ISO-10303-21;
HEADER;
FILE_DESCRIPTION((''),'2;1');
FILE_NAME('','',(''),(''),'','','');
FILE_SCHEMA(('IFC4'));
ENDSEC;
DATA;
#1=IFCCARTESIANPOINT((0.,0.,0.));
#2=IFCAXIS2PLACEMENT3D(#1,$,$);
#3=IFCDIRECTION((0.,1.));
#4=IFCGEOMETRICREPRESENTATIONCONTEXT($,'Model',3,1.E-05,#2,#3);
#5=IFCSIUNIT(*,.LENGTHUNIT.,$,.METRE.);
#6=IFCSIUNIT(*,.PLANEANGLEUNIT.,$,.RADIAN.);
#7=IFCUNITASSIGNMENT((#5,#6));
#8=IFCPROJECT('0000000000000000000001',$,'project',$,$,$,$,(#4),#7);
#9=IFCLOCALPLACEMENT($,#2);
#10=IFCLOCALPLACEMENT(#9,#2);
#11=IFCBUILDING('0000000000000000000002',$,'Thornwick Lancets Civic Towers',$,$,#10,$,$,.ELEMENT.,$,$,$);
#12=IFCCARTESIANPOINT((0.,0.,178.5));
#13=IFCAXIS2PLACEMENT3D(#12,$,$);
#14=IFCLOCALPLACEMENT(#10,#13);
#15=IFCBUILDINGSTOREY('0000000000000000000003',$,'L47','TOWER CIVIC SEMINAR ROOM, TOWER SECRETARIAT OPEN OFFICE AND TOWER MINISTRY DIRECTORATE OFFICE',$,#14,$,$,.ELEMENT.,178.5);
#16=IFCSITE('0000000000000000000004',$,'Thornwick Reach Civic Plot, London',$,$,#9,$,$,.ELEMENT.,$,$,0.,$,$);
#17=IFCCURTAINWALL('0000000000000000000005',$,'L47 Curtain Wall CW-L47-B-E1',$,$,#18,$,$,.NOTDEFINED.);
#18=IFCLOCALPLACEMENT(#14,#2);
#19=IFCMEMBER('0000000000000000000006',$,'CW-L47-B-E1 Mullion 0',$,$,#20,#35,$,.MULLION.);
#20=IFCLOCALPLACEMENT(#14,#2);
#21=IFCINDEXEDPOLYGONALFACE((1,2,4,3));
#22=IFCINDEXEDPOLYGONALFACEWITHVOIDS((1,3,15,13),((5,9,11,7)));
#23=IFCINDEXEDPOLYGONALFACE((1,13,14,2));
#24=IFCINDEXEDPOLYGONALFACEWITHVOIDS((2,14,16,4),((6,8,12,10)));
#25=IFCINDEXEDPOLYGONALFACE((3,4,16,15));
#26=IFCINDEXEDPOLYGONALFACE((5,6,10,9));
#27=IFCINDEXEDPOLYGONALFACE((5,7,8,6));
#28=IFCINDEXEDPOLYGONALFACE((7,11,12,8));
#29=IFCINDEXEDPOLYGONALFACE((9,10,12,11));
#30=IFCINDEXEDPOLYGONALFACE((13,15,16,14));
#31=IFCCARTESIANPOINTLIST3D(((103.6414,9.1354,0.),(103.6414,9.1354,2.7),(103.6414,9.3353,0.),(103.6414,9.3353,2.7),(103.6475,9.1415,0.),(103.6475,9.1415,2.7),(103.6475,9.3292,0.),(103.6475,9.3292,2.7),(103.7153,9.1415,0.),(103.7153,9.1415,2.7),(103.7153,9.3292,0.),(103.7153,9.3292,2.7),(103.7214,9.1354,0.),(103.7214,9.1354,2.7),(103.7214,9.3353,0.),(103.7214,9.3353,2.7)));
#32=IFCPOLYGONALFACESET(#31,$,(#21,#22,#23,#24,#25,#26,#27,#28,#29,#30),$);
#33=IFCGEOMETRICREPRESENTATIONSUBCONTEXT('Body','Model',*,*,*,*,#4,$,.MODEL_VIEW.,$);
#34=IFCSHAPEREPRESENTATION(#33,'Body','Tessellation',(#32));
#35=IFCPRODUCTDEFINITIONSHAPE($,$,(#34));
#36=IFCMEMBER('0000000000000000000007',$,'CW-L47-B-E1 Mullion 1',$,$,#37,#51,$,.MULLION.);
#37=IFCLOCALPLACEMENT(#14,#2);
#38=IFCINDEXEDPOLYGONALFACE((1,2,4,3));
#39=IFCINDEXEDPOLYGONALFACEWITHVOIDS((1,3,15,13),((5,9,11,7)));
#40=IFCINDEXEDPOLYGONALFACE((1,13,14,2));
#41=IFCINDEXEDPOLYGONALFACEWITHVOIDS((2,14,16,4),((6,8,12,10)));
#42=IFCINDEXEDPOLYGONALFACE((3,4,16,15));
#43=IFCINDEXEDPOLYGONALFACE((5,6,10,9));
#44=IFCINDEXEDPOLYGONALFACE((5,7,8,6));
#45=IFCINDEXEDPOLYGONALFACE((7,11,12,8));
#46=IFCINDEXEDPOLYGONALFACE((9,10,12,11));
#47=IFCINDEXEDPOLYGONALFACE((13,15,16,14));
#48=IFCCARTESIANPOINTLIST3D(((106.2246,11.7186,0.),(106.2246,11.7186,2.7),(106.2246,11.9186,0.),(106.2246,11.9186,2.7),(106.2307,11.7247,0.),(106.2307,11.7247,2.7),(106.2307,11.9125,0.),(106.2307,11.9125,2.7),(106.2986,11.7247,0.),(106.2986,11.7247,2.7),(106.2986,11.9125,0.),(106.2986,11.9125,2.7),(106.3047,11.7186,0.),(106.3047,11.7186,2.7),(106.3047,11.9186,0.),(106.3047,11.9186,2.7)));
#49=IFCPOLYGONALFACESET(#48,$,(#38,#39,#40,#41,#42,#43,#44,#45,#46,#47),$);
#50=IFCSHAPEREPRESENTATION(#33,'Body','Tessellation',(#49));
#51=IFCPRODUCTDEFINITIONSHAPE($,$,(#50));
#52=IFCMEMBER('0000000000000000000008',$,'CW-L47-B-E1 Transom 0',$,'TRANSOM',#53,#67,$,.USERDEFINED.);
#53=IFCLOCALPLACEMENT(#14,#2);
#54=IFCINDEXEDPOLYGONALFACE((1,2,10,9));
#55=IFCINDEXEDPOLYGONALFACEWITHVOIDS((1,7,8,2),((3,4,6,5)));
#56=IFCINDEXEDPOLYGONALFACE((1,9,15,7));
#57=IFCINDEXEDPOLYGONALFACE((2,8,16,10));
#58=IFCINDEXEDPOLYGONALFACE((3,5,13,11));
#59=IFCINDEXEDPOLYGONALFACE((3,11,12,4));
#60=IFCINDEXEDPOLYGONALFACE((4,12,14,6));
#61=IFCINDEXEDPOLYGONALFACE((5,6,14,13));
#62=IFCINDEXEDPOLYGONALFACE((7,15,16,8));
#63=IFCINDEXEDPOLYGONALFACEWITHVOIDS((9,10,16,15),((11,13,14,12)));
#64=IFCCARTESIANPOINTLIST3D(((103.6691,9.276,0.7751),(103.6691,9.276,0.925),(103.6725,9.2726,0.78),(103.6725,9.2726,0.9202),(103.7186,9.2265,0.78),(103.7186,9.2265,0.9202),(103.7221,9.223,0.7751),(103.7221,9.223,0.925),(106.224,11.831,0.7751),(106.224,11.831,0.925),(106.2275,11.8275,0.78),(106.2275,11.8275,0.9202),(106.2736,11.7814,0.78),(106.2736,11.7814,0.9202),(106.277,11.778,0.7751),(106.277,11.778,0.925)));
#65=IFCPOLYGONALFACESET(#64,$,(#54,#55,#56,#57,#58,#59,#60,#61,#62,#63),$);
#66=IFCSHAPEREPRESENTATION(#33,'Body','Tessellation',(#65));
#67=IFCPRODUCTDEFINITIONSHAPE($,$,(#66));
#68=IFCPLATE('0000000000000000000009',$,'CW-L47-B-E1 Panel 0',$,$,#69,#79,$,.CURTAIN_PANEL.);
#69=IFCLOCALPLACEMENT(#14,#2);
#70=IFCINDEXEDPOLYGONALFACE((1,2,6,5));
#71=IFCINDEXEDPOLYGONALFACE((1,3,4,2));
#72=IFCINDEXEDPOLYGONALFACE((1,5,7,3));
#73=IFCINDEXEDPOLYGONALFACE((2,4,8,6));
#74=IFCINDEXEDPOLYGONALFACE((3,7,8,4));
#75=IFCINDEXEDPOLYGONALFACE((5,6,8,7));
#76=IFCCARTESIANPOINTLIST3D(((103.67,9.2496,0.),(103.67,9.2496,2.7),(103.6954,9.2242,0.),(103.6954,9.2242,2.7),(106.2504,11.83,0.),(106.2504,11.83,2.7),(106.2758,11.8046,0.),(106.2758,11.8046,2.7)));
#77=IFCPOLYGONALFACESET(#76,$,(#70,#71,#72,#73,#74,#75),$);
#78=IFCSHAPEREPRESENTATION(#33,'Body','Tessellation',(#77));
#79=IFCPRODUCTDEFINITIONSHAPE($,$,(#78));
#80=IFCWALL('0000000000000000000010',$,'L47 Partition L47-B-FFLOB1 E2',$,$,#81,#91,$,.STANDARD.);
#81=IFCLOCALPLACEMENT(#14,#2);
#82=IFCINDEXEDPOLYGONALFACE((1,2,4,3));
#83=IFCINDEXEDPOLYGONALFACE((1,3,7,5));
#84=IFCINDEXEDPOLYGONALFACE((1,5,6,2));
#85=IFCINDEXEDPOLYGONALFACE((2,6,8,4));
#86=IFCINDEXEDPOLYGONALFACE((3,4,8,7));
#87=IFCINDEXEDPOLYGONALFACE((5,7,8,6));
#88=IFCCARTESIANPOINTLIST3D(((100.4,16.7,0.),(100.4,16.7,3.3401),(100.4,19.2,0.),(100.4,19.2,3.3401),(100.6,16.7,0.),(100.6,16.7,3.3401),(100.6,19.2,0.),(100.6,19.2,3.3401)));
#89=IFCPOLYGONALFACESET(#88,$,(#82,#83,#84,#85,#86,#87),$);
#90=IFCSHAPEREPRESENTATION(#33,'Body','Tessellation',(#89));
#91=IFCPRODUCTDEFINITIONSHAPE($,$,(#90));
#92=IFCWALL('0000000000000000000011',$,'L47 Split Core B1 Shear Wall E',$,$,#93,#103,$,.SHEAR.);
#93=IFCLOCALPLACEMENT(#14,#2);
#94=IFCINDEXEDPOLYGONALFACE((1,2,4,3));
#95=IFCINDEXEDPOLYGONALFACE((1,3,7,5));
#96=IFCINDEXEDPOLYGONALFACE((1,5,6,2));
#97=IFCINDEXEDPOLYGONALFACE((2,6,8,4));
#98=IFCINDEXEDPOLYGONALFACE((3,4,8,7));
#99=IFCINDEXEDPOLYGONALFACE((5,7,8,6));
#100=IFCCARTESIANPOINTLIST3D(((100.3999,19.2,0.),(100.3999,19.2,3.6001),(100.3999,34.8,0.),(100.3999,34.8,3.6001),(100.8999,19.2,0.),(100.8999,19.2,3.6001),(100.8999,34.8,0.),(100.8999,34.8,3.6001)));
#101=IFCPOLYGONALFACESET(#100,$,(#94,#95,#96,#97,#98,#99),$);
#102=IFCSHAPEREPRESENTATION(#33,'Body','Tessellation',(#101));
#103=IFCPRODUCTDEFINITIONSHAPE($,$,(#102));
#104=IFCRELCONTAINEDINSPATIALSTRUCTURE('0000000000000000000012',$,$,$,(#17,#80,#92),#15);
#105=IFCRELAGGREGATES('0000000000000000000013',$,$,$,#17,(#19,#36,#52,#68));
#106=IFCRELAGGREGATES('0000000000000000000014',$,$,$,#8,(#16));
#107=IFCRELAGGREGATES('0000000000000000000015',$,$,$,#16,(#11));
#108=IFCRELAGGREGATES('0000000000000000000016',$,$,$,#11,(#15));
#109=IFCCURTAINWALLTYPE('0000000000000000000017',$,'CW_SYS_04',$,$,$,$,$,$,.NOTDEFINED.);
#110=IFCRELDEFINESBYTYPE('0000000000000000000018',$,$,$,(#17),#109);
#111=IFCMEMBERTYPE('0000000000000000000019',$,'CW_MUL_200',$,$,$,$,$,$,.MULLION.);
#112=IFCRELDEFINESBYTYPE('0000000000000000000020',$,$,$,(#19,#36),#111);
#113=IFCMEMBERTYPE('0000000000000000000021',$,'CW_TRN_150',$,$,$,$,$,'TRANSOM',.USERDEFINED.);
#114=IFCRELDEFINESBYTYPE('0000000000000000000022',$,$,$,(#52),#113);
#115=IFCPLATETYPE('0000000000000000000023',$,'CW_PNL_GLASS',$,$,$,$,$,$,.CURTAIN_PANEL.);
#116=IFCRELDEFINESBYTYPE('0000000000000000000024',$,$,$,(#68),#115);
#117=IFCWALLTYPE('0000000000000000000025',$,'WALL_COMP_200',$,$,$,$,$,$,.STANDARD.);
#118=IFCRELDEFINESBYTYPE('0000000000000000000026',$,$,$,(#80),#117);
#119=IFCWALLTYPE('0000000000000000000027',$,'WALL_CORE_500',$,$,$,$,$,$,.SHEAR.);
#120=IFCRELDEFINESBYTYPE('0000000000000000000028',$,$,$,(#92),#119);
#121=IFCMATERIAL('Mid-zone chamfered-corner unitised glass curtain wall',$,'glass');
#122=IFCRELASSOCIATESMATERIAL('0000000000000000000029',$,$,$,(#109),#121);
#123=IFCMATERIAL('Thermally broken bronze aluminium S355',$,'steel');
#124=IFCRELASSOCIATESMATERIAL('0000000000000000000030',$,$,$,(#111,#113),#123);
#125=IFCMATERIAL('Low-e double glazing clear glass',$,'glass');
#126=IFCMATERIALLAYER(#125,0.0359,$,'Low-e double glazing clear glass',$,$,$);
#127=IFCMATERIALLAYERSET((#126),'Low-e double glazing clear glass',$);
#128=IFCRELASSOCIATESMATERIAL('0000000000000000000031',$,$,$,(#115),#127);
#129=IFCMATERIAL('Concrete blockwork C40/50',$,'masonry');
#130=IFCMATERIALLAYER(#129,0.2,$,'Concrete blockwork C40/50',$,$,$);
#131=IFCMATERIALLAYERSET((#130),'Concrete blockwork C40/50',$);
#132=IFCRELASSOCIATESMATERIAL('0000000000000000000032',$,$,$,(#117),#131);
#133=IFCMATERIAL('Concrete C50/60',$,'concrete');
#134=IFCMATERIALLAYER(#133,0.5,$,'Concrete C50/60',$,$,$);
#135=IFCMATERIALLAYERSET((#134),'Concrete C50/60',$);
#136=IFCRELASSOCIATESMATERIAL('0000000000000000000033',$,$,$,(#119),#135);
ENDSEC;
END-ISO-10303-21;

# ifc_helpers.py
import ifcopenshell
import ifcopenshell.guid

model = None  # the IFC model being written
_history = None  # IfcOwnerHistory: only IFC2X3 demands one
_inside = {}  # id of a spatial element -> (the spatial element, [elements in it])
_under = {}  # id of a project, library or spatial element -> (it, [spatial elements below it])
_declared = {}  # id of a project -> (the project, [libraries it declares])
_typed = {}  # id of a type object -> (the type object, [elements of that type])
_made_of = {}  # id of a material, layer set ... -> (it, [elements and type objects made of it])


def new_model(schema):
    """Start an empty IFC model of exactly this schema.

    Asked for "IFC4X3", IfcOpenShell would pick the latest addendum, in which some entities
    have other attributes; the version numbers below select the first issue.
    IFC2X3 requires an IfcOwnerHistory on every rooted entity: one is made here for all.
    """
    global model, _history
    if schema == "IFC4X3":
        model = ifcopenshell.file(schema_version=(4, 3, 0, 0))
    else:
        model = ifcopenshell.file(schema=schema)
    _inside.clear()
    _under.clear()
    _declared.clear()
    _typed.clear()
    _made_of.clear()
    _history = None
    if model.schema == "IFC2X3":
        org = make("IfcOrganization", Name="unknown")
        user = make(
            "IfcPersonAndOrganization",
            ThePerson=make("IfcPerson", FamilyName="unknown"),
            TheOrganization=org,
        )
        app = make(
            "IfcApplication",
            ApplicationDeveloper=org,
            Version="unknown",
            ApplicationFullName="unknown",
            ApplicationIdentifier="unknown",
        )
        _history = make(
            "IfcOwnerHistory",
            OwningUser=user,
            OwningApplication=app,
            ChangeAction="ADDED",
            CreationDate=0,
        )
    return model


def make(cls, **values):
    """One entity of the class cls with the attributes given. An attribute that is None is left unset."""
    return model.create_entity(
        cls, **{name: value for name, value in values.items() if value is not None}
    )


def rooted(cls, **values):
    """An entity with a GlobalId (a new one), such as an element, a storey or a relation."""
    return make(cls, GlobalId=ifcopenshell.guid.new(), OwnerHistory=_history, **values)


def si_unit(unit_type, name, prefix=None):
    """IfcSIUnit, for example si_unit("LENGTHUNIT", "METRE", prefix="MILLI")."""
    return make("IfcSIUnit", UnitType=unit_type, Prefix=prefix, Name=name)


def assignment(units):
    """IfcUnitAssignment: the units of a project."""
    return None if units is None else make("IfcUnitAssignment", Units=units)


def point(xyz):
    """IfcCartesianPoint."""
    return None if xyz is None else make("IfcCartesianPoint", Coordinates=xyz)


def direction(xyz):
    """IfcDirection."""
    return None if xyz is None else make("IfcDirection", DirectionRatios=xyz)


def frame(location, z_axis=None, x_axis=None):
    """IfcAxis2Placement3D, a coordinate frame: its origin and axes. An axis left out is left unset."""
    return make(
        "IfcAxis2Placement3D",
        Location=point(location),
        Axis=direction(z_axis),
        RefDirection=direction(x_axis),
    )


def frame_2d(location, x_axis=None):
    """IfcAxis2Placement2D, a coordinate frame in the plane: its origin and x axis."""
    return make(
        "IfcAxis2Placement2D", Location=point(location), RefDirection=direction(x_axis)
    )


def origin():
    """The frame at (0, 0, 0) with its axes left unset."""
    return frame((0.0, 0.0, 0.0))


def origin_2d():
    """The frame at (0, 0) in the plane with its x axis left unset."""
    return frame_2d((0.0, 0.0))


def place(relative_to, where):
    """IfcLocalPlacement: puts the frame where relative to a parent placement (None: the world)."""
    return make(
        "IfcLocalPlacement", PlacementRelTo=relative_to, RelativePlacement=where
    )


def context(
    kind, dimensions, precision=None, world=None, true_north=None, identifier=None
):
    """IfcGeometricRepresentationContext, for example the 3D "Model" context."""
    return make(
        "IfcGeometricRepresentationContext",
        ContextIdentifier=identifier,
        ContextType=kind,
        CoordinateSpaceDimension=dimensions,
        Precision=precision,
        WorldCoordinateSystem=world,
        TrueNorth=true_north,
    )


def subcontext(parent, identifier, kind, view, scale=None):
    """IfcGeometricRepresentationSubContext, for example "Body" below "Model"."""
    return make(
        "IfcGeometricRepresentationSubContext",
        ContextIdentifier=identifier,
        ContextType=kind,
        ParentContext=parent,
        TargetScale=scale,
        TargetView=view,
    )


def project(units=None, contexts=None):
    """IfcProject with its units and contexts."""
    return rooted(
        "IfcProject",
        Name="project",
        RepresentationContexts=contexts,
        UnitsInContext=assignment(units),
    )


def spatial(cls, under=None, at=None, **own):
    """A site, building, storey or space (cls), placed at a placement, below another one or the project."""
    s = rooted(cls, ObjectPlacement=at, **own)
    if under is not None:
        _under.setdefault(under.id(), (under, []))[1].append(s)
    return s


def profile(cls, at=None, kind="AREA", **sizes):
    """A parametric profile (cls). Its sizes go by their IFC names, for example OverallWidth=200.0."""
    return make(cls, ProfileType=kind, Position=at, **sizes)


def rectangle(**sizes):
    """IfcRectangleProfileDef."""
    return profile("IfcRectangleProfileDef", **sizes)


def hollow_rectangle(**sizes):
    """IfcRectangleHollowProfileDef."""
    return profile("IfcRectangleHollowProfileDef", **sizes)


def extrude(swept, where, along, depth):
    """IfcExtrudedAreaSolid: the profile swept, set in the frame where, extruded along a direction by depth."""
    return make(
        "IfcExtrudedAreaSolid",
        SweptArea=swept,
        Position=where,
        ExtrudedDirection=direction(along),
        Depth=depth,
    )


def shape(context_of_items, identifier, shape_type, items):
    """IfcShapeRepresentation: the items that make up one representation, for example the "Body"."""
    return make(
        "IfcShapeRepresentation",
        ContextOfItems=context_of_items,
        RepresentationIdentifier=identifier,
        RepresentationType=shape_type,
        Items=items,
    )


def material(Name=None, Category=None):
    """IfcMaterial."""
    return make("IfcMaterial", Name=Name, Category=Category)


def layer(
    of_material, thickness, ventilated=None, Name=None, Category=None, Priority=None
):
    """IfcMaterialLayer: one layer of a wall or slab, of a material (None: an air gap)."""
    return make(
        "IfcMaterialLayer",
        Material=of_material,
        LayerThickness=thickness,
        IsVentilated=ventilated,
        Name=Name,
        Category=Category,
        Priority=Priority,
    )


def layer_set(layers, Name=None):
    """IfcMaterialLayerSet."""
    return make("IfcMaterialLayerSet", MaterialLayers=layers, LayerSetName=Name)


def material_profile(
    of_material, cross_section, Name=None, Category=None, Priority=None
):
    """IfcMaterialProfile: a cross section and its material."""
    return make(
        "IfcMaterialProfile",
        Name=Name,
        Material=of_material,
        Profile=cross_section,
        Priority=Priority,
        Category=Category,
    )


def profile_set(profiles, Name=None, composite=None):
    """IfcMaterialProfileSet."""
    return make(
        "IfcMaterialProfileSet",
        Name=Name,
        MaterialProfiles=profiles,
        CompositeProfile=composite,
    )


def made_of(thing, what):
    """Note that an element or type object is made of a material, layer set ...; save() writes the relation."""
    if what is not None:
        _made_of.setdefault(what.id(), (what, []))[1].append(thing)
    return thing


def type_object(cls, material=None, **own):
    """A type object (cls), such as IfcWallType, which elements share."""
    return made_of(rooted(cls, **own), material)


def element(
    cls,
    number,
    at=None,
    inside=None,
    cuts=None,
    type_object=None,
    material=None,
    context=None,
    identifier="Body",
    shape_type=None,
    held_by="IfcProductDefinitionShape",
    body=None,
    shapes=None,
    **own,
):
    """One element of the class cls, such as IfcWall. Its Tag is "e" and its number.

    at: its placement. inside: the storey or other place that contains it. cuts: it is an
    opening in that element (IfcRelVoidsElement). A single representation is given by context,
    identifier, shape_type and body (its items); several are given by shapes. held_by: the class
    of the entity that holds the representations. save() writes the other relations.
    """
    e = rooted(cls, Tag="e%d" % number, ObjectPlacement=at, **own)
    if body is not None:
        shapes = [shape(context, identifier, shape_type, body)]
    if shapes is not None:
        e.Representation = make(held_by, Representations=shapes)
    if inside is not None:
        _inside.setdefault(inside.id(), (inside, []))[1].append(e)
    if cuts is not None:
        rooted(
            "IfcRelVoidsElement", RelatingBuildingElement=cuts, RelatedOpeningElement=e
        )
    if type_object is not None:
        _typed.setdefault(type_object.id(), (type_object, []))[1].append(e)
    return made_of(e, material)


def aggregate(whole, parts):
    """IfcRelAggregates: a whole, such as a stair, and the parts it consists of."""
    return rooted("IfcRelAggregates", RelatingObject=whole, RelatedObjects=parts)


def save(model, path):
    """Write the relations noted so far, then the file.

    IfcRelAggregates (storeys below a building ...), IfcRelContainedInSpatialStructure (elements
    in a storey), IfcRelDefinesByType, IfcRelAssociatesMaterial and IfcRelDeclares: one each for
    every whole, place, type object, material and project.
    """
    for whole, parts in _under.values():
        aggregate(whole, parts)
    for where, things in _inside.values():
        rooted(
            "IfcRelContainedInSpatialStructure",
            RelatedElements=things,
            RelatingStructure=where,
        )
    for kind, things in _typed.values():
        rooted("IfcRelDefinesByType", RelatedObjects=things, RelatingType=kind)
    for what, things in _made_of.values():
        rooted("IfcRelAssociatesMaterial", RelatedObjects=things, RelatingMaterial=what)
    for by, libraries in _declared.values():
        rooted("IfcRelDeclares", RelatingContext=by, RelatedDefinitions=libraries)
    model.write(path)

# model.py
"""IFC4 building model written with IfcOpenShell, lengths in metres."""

from ifc_helpers import new_model, si_unit, direction, frame, frame_2d, origin, origin_2d, place, context, subcontext, project, spatial, rectangle, hollow_rectangle, extrude, material, layer, layer_set, material_profile, profile_set, type_object, element, aggregate, save


model = new_model("IFC4")

# Units and contexts
model_context = context("Model", 3, precision=1e-05, world=origin(), true_north=direction((0.0, 1.0)))
body_context = subcontext(model_context, "Body", "Model", "MODEL_VIEW")
ifc_project = project(units=[si_unit("LENGTHUNIT", "METRE"), si_unit("PLANEANGLEUNIT", "RADIAN")], contexts=[model_context])

# Site, building, storey
site_placement = place(None, origin())
site = spatial("IfcSite", under=ifc_project, at=site_placement, Name="Thornwick Reach Civic Plot, London", CompositionType="ELEMENT", RefElevation=0.0)
building_placement = place(site_placement, origin())
building = spatial("IfcBuilding", under=site, at=building_placement, Name="Thornwick Lancets Civic Towers", CompositionType="ELEMENT")
storey_placement = place(building_placement, frame((0.0, 0.0, 178.5)))
storey = spatial("IfcBuildingStorey", under=building, at=storey_placement, Name="L47", Description="TOWER CIVIC SEMINAR ROOM, TOWER SECRETARIAT OPEN OFFICE AND TOWER MINISTRY DIRECTORATE OFFICE", CompositionType="ELEMENT", Elevation=178.5)

# Shared definitions
ifc_material_1 = material(Name="Concrete C50/60", Category="concrete")

# Curtain wall, members, plate
ifc_material_2 = material(Name="Mid-zone chamfered-corner unitised glass curtain wall", Category="glass")
curtain_wall_type = type_object("IfcCurtainWallType", Name="CW_SYS_04", PredefinedType="NOTDEFINED", material=ifc_material_2)
curtain_wall_placement = place(storey_placement, origin())
curtain_wall = element("IfcCurtainWall", 1, at=curtain_wall_placement, inside=storey, type_object=curtain_wall_type, Name="L47 Curtain Wall CW-L47-B-E1", PredefinedType="NOTDEFINED")
ifc_material_3 = material(Name="Thermally broken bronze aluminium S355", Category="steel")
ifc_material_profile_1 = material_profile(ifc_material_3, hollow_rectangle(XDim=0.0801, YDim=0.2, WallThickness=0.0061, at=origin_2d()), Name="RHS 200x80x6")
ifc_profile_set_1 = profile_set([ifc_material_profile_1], Name="Thermally broken bronze aluminium S355")
member_type_1 = type_object("IfcMemberType", Name="CW_MUL_200", PredefinedType="MULLION", material=ifc_profile_set_1)
member_1_placement = place(storey_placement, frame((103.6814, 9.2354, 0.0), z_axis=(0.0, 0.0, 1.0), x_axis=(1.0, 0.0, 0.0)))
member_1 = element("IfcMember", 2, at=member_1_placement, type_object=member_type_1, Name="CW-L47-B-E1 Mullion 0", PredefinedType="MULLION", context=body_context, shape_type="SweptSolid", body=[
    extrude(hollow_rectangle(XDim=0.0801, YDim=0.2, WallThickness=0.0061, at=origin_2d()), origin(), (0.0, 0.0, 1.0), 2.7),
])
member_2_placement = place(storey_placement, frame((106.2646, 11.8186, 0.0), z_axis=(0.0, 0.0, 1.0), x_axis=(1.0, 0.0, 0.0)))
member_2 = element("IfcMember", 3, at=member_2_placement, type_object=member_type_1, Name="CW-L47-B-E1 Mullion 1", PredefinedType="MULLION", context=body_context, shape_type="SweptSolid", body=[
    extrude(hollow_rectangle(XDim=0.0801, YDim=0.2, WallThickness=0.0061, at=origin_2d()), origin(), (0.0, 0.0, 1.0), 2.7),
])
ifc_material_profile_2 = material_profile(ifc_material_3, hollow_rectangle(XDim=0.075, YDim=0.1499, WallThickness=0.0049, at=origin_2d()), Name="RHS 150x75x5")
ifc_profile_set_2 = profile_set([ifc_material_profile_2], Name="Thermally broken bronze aluminium S355")
member_type_2 = type_object("IfcMemberType", Name="CW_TRN_150", ElementType="TRANSOM", PredefinedType="USERDEFINED", material=ifc_profile_set_2)
member_3_placement = place(storey_placement, frame((103.6956, 9.2495, 0.8501), z_axis=(0.707107, 0.707107, 0.0), x_axis=(-0.707107, 0.707107, 0.0)))
member_3 = element("IfcMember", 4, at=member_3_placement, type_object=member_type_2, Name="CW-L47-B-E1 Transom 0", ObjectType="TRANSOM", PredefinedType="USERDEFINED", context=body_context, shape_type="SweptSolid", body=[
    extrude(hollow_rectangle(XDim=0.075, YDim=0.1499, WallThickness=0.0049, at=origin_2d()), origin(), (0.0, 0.0, 1.0), 3.6133),
])
ifc_material_4 = material(Name="Low-e double glazing clear glass", Category="glass")
ifc_layer_1 = layer(ifc_material_4, 0.0359, Name="Low-e double glazing clear glass")
ifc_layer_set_1 = layer_set([ifc_layer_1], Name="Low-e double glazing clear glass")
plate_type = type_object("IfcPlateType", Name="CW_PNL_GLASS", PredefinedType="CURTAIN_PANEL", material=ifc_layer_set_1)
plate_placement = place(storey_placement, frame((104.9729, 10.5271, 0.0), z_axis=(0.0, 0.0, 1.0), x_axis=(0.707107, 0.707107, 0.0)))
plate = element("IfcPlate", 5, at=plate_placement, type_object=plate_type, Name="CW-L47-B-E1 Panel 0", PredefinedType="CURTAIN_PANEL", context=body_context, shape_type="SweptSolid", body=[
    extrude(rectangle(XDim=3.6492, YDim=0.0359, at=origin_2d()), origin(), (0.0, 0.0, 1.0), 2.7),
])
aggregate(curtain_wall, [member_1, member_2, member_3, plate])

# Walls
ifc_material_5 = material(Name="Concrete blockwork C40/50", Category="masonry")
ifc_layer_2 = layer(ifc_material_5, 0.2, Name="Concrete blockwork C40/50")
ifc_layer_set_2 = layer_set([ifc_layer_2], Name="Concrete blockwork C40/50")
wall_type_1 = type_object("IfcWallType", Name="WALL_COMP_200", PredefinedType="STANDARD", material=ifc_layer_set_2)
wall_1_placement = place(storey_placement, frame((100.5, 16.7, 0.0), z_axis=(0.0, 0.0, 1.0), x_axis=(0.0, 1.0, 0.0)))
element("IfcWall", 6, at=wall_1_placement, inside=storey, type_object=wall_type_1, Name="L47 Partition L47-B-FFLOB1 E2", PredefinedType="STANDARD", context=body_context, shape_type="SweptSolid", body=[
    extrude(rectangle(XDim=2.5, YDim=0.2, at=frame_2d((1.25, 0.0))), origin(), (0.0, 0.0, 1.0), 3.3401),
])
ifc_layer_3 = layer(ifc_material_1, 0.5, Name="Concrete C50/60")
ifc_layer_set_3 = layer_set([ifc_layer_3], Name="Concrete C50/60")
wall_type_2 = type_object("IfcWallType", Name="WALL_CORE_500", PredefinedType="SHEAR", material=ifc_layer_set_3)
wall_2_placement = place(storey_placement, frame((100.6499, 19.2, 0.0), z_axis=(0.0, 0.0, 1.0), x_axis=(0.0, 1.0, 0.0)))
element("IfcWall", 7, at=wall_2_placement, inside=storey, type_object=wall_type_2, Name="L47 Split Core B1 Shear Wall E", PredefinedType="SHEAR", context=body_context, shape_type="SweptSolid", body=[
    extrude(rectangle(XDim=15.6001, YDim=0.5, at=frame_2d((7.8, 0.0))), origin(), (0.0, 0.0, 1.0), 3.6001),
])

save(model, "model.ifc")
